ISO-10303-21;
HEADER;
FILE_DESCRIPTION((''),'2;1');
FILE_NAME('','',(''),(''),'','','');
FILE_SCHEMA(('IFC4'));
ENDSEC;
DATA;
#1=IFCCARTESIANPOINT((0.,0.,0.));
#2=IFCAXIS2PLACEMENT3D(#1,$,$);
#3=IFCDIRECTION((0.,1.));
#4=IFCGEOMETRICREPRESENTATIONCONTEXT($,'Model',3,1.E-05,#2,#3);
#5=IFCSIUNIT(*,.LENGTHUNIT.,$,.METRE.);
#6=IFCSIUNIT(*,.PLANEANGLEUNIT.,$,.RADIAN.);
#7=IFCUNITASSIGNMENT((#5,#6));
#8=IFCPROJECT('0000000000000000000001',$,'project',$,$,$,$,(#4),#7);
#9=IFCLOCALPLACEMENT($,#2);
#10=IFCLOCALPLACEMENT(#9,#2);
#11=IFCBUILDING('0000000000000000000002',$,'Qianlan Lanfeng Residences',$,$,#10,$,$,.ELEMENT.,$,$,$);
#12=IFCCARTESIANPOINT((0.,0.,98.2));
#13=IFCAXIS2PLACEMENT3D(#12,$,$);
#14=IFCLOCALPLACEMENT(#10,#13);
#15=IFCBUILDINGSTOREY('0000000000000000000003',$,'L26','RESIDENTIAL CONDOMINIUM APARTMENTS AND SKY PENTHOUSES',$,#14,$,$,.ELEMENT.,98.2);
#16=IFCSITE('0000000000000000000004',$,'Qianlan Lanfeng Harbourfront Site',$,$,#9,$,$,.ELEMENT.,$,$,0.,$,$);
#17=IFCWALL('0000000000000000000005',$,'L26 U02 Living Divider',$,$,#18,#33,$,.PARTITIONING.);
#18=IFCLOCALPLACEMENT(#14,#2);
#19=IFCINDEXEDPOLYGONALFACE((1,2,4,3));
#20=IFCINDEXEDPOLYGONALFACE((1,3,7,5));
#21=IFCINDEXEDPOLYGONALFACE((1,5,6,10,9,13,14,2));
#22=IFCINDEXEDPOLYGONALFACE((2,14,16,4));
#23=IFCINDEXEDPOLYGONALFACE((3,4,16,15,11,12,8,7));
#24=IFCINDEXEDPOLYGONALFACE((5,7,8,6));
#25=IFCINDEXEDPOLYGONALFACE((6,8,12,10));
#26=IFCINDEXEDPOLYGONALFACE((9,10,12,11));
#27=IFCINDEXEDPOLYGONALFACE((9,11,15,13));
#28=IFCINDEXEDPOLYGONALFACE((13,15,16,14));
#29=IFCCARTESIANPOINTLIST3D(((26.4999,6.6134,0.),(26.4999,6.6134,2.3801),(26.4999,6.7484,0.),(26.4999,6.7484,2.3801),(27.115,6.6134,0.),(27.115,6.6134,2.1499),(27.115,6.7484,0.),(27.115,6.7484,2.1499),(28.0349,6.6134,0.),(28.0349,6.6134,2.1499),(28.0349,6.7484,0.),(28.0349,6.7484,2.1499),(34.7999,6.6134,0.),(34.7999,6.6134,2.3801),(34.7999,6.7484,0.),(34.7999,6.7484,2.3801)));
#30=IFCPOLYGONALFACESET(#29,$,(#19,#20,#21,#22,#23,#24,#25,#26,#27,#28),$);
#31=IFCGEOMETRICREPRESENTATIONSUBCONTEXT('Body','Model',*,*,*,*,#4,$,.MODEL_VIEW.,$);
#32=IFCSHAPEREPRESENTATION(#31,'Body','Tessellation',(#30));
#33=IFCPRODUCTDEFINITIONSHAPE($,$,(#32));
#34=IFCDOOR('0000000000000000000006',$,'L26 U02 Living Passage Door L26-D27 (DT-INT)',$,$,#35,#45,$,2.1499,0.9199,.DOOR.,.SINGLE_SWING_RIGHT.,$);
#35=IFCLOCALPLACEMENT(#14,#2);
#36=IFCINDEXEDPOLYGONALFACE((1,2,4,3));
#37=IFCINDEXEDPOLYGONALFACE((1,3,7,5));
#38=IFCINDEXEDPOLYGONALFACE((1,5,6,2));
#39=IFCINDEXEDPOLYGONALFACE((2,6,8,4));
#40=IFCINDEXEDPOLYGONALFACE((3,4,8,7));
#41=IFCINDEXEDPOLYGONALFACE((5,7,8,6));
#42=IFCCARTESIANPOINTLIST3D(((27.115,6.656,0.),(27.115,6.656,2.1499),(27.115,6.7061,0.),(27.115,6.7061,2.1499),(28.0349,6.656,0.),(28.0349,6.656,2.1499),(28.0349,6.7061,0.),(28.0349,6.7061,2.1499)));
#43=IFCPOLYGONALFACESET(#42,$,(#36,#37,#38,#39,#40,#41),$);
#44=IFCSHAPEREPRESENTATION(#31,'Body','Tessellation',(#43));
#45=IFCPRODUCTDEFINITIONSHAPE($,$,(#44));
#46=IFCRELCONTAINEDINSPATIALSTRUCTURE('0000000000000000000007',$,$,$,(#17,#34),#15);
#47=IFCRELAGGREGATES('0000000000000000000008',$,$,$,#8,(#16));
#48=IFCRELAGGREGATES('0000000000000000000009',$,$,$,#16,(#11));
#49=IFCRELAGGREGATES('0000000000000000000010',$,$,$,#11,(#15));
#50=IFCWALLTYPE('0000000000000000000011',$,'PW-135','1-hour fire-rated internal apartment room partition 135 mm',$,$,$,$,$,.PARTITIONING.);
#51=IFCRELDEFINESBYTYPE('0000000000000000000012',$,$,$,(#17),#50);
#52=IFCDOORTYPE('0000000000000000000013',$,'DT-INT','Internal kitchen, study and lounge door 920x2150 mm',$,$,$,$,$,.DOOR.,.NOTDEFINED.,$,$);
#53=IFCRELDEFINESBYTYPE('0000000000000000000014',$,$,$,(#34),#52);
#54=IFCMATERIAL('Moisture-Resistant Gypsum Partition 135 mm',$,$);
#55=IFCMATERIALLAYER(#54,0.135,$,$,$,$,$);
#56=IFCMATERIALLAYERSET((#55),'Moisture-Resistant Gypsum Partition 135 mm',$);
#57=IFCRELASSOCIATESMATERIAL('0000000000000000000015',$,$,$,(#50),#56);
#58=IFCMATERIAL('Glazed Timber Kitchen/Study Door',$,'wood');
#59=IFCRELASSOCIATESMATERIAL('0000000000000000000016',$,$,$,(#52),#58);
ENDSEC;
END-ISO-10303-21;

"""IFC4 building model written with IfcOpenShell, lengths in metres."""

from ifc_helpers import new_model, si_unit, direction, frame, frame_2d, origin, place, context, subcontext, project, spatial, rectangle, extrude, material, layer, layer_set, type_object, element, fill, save


model = new_model("IFC4")

# Units and contexts
model_context = context("Model", 3, precision=1e-05, world=origin(), true_north=direction((0.0, 1.0)))
body_context = subcontext(model_context, "Body", "Model", "MODEL_VIEW")
ifc_project = project(units=[si_unit("LENGTHUNIT", "METRE"), si_unit("PLANEANGLEUNIT", "RADIAN")], contexts=[model_context])

# Site, building, storey
site_placement = place(None, origin())
site = spatial("IfcSite", under=ifc_project, at=site_placement, Name="Qianlan Lanfeng Harbourfront Site", CompositionType="ELEMENT", RefElevation=0.0)
building_placement = place(site_placement, origin())
building = spatial("IfcBuilding", under=site, at=building_placement, Name="Qianlan Lanfeng Residences", CompositionType="ELEMENT")
storey_placement = place(building_placement, frame((0.0, 0.0, 98.2)))
storey = spatial("IfcBuildingStorey", under=building, at=storey_placement, Name="L26", Description="RESIDENTIAL CONDOMINIUM APARTMENTS AND SKY PENTHOUSES", CompositionType="ELEMENT", Elevation=98.2)

# Shared definitions
ifc_material_1 = material(Name="Moisture-Resistant Gypsum Partition 135 mm")
ifc_layer_1 = layer(ifc_material_1, 0.135)
ifc_layer_set_1 = layer_set([ifc_layer_1], Name="Moisture-Resistant Gypsum Partition 135 mm")
wall_type = type_object("IfcWallType", Name="PW-135", Description="1-hour fire-rated internal apartment room partition 135 mm", PredefinedType="PARTITIONING", material=ifc_layer_set_1)
ifc_material_2 = material(Name="Glazed Timber Kitchen/Study Door", Category="wood")
door_type_1 = type_object("IfcDoorType", Name="DT-INT", Description="Internal kitchen, study and lounge door 920x2150 mm", OperationType="NOTDEFINED", PredefinedType="DOOR", material=ifc_material_2)

# Wall, opening, door
wall_1_placement = place(storey_placement, frame((26.5, 6.6809, 0.0), z_axis=(0.0, 0.0, 1.0), x_axis=(1.0, 0.0, 0.0)))
wall_1 = element("IfcWall", 1, at=wall_1_placement, inside=storey, type_object=wall_type, Name="L26 U02 Living Divider", PredefinedType="PARTITIONING", context=body_context, shape_type="SweptSolid", body=[
    extrude(rectangle(XDim=8.3, YDim=0.135, at=frame_2d((4.1499, 0.0))), origin(), (0.0, 0.0, 1.0), 2.3801),
])
opening_1_placement = place(wall_1_placement, frame((0.615, 0.0, 0.0)))
opening_1 = element("IfcOpeningElement", 2, at=opening_1_placement, cuts=wall_1, PredefinedType="OPENING", context=body_context, shape_type="SweptSolid", body=[
    extrude(rectangle(XDim=0.9199, YDim=2.1499, at=frame_2d((0.46, 1.075))), frame((0.0, 0.0776, 0.0), z_axis=(0.0, -1.0, 0.0), x_axis=(1.0, 0.0, 0.0)), (0.0, 0.0, 1.0), 0.155),
])
door_1_placement = place(opening_1_placement, frame((0.9199, 0.0, 0.0), z_axis=(0.0, 0.0, 1.0), x_axis=(-1.0, 0.0, 0.0)))
door_1 = element("IfcDoor", 3, at=door_1_placement, inside=storey, type_object=door_type_1, Name="L26 U02 Living Passage Door L26-D27 (DT-INT)", OperationType="SINGLE_SWING_RIGHT", OverallHeight=2.1499, OverallWidth=0.9199, PredefinedType="DOOR", context=body_context, shape_type="SweptSolid", body=[
    extrude(rectangle(XDim=0.9199, YDim=2.1499, at=frame_2d((0.46, 1.075))), frame((0.0, 0.0249, 0.0), z_axis=(0.0, -1.0, 0.0), x_axis=(1.0, 0.0, 0.0)), (0.0, 0.0, 1.0), 0.05),
])
fill(opening_1, door_1)

save(model, "model.ifc")
